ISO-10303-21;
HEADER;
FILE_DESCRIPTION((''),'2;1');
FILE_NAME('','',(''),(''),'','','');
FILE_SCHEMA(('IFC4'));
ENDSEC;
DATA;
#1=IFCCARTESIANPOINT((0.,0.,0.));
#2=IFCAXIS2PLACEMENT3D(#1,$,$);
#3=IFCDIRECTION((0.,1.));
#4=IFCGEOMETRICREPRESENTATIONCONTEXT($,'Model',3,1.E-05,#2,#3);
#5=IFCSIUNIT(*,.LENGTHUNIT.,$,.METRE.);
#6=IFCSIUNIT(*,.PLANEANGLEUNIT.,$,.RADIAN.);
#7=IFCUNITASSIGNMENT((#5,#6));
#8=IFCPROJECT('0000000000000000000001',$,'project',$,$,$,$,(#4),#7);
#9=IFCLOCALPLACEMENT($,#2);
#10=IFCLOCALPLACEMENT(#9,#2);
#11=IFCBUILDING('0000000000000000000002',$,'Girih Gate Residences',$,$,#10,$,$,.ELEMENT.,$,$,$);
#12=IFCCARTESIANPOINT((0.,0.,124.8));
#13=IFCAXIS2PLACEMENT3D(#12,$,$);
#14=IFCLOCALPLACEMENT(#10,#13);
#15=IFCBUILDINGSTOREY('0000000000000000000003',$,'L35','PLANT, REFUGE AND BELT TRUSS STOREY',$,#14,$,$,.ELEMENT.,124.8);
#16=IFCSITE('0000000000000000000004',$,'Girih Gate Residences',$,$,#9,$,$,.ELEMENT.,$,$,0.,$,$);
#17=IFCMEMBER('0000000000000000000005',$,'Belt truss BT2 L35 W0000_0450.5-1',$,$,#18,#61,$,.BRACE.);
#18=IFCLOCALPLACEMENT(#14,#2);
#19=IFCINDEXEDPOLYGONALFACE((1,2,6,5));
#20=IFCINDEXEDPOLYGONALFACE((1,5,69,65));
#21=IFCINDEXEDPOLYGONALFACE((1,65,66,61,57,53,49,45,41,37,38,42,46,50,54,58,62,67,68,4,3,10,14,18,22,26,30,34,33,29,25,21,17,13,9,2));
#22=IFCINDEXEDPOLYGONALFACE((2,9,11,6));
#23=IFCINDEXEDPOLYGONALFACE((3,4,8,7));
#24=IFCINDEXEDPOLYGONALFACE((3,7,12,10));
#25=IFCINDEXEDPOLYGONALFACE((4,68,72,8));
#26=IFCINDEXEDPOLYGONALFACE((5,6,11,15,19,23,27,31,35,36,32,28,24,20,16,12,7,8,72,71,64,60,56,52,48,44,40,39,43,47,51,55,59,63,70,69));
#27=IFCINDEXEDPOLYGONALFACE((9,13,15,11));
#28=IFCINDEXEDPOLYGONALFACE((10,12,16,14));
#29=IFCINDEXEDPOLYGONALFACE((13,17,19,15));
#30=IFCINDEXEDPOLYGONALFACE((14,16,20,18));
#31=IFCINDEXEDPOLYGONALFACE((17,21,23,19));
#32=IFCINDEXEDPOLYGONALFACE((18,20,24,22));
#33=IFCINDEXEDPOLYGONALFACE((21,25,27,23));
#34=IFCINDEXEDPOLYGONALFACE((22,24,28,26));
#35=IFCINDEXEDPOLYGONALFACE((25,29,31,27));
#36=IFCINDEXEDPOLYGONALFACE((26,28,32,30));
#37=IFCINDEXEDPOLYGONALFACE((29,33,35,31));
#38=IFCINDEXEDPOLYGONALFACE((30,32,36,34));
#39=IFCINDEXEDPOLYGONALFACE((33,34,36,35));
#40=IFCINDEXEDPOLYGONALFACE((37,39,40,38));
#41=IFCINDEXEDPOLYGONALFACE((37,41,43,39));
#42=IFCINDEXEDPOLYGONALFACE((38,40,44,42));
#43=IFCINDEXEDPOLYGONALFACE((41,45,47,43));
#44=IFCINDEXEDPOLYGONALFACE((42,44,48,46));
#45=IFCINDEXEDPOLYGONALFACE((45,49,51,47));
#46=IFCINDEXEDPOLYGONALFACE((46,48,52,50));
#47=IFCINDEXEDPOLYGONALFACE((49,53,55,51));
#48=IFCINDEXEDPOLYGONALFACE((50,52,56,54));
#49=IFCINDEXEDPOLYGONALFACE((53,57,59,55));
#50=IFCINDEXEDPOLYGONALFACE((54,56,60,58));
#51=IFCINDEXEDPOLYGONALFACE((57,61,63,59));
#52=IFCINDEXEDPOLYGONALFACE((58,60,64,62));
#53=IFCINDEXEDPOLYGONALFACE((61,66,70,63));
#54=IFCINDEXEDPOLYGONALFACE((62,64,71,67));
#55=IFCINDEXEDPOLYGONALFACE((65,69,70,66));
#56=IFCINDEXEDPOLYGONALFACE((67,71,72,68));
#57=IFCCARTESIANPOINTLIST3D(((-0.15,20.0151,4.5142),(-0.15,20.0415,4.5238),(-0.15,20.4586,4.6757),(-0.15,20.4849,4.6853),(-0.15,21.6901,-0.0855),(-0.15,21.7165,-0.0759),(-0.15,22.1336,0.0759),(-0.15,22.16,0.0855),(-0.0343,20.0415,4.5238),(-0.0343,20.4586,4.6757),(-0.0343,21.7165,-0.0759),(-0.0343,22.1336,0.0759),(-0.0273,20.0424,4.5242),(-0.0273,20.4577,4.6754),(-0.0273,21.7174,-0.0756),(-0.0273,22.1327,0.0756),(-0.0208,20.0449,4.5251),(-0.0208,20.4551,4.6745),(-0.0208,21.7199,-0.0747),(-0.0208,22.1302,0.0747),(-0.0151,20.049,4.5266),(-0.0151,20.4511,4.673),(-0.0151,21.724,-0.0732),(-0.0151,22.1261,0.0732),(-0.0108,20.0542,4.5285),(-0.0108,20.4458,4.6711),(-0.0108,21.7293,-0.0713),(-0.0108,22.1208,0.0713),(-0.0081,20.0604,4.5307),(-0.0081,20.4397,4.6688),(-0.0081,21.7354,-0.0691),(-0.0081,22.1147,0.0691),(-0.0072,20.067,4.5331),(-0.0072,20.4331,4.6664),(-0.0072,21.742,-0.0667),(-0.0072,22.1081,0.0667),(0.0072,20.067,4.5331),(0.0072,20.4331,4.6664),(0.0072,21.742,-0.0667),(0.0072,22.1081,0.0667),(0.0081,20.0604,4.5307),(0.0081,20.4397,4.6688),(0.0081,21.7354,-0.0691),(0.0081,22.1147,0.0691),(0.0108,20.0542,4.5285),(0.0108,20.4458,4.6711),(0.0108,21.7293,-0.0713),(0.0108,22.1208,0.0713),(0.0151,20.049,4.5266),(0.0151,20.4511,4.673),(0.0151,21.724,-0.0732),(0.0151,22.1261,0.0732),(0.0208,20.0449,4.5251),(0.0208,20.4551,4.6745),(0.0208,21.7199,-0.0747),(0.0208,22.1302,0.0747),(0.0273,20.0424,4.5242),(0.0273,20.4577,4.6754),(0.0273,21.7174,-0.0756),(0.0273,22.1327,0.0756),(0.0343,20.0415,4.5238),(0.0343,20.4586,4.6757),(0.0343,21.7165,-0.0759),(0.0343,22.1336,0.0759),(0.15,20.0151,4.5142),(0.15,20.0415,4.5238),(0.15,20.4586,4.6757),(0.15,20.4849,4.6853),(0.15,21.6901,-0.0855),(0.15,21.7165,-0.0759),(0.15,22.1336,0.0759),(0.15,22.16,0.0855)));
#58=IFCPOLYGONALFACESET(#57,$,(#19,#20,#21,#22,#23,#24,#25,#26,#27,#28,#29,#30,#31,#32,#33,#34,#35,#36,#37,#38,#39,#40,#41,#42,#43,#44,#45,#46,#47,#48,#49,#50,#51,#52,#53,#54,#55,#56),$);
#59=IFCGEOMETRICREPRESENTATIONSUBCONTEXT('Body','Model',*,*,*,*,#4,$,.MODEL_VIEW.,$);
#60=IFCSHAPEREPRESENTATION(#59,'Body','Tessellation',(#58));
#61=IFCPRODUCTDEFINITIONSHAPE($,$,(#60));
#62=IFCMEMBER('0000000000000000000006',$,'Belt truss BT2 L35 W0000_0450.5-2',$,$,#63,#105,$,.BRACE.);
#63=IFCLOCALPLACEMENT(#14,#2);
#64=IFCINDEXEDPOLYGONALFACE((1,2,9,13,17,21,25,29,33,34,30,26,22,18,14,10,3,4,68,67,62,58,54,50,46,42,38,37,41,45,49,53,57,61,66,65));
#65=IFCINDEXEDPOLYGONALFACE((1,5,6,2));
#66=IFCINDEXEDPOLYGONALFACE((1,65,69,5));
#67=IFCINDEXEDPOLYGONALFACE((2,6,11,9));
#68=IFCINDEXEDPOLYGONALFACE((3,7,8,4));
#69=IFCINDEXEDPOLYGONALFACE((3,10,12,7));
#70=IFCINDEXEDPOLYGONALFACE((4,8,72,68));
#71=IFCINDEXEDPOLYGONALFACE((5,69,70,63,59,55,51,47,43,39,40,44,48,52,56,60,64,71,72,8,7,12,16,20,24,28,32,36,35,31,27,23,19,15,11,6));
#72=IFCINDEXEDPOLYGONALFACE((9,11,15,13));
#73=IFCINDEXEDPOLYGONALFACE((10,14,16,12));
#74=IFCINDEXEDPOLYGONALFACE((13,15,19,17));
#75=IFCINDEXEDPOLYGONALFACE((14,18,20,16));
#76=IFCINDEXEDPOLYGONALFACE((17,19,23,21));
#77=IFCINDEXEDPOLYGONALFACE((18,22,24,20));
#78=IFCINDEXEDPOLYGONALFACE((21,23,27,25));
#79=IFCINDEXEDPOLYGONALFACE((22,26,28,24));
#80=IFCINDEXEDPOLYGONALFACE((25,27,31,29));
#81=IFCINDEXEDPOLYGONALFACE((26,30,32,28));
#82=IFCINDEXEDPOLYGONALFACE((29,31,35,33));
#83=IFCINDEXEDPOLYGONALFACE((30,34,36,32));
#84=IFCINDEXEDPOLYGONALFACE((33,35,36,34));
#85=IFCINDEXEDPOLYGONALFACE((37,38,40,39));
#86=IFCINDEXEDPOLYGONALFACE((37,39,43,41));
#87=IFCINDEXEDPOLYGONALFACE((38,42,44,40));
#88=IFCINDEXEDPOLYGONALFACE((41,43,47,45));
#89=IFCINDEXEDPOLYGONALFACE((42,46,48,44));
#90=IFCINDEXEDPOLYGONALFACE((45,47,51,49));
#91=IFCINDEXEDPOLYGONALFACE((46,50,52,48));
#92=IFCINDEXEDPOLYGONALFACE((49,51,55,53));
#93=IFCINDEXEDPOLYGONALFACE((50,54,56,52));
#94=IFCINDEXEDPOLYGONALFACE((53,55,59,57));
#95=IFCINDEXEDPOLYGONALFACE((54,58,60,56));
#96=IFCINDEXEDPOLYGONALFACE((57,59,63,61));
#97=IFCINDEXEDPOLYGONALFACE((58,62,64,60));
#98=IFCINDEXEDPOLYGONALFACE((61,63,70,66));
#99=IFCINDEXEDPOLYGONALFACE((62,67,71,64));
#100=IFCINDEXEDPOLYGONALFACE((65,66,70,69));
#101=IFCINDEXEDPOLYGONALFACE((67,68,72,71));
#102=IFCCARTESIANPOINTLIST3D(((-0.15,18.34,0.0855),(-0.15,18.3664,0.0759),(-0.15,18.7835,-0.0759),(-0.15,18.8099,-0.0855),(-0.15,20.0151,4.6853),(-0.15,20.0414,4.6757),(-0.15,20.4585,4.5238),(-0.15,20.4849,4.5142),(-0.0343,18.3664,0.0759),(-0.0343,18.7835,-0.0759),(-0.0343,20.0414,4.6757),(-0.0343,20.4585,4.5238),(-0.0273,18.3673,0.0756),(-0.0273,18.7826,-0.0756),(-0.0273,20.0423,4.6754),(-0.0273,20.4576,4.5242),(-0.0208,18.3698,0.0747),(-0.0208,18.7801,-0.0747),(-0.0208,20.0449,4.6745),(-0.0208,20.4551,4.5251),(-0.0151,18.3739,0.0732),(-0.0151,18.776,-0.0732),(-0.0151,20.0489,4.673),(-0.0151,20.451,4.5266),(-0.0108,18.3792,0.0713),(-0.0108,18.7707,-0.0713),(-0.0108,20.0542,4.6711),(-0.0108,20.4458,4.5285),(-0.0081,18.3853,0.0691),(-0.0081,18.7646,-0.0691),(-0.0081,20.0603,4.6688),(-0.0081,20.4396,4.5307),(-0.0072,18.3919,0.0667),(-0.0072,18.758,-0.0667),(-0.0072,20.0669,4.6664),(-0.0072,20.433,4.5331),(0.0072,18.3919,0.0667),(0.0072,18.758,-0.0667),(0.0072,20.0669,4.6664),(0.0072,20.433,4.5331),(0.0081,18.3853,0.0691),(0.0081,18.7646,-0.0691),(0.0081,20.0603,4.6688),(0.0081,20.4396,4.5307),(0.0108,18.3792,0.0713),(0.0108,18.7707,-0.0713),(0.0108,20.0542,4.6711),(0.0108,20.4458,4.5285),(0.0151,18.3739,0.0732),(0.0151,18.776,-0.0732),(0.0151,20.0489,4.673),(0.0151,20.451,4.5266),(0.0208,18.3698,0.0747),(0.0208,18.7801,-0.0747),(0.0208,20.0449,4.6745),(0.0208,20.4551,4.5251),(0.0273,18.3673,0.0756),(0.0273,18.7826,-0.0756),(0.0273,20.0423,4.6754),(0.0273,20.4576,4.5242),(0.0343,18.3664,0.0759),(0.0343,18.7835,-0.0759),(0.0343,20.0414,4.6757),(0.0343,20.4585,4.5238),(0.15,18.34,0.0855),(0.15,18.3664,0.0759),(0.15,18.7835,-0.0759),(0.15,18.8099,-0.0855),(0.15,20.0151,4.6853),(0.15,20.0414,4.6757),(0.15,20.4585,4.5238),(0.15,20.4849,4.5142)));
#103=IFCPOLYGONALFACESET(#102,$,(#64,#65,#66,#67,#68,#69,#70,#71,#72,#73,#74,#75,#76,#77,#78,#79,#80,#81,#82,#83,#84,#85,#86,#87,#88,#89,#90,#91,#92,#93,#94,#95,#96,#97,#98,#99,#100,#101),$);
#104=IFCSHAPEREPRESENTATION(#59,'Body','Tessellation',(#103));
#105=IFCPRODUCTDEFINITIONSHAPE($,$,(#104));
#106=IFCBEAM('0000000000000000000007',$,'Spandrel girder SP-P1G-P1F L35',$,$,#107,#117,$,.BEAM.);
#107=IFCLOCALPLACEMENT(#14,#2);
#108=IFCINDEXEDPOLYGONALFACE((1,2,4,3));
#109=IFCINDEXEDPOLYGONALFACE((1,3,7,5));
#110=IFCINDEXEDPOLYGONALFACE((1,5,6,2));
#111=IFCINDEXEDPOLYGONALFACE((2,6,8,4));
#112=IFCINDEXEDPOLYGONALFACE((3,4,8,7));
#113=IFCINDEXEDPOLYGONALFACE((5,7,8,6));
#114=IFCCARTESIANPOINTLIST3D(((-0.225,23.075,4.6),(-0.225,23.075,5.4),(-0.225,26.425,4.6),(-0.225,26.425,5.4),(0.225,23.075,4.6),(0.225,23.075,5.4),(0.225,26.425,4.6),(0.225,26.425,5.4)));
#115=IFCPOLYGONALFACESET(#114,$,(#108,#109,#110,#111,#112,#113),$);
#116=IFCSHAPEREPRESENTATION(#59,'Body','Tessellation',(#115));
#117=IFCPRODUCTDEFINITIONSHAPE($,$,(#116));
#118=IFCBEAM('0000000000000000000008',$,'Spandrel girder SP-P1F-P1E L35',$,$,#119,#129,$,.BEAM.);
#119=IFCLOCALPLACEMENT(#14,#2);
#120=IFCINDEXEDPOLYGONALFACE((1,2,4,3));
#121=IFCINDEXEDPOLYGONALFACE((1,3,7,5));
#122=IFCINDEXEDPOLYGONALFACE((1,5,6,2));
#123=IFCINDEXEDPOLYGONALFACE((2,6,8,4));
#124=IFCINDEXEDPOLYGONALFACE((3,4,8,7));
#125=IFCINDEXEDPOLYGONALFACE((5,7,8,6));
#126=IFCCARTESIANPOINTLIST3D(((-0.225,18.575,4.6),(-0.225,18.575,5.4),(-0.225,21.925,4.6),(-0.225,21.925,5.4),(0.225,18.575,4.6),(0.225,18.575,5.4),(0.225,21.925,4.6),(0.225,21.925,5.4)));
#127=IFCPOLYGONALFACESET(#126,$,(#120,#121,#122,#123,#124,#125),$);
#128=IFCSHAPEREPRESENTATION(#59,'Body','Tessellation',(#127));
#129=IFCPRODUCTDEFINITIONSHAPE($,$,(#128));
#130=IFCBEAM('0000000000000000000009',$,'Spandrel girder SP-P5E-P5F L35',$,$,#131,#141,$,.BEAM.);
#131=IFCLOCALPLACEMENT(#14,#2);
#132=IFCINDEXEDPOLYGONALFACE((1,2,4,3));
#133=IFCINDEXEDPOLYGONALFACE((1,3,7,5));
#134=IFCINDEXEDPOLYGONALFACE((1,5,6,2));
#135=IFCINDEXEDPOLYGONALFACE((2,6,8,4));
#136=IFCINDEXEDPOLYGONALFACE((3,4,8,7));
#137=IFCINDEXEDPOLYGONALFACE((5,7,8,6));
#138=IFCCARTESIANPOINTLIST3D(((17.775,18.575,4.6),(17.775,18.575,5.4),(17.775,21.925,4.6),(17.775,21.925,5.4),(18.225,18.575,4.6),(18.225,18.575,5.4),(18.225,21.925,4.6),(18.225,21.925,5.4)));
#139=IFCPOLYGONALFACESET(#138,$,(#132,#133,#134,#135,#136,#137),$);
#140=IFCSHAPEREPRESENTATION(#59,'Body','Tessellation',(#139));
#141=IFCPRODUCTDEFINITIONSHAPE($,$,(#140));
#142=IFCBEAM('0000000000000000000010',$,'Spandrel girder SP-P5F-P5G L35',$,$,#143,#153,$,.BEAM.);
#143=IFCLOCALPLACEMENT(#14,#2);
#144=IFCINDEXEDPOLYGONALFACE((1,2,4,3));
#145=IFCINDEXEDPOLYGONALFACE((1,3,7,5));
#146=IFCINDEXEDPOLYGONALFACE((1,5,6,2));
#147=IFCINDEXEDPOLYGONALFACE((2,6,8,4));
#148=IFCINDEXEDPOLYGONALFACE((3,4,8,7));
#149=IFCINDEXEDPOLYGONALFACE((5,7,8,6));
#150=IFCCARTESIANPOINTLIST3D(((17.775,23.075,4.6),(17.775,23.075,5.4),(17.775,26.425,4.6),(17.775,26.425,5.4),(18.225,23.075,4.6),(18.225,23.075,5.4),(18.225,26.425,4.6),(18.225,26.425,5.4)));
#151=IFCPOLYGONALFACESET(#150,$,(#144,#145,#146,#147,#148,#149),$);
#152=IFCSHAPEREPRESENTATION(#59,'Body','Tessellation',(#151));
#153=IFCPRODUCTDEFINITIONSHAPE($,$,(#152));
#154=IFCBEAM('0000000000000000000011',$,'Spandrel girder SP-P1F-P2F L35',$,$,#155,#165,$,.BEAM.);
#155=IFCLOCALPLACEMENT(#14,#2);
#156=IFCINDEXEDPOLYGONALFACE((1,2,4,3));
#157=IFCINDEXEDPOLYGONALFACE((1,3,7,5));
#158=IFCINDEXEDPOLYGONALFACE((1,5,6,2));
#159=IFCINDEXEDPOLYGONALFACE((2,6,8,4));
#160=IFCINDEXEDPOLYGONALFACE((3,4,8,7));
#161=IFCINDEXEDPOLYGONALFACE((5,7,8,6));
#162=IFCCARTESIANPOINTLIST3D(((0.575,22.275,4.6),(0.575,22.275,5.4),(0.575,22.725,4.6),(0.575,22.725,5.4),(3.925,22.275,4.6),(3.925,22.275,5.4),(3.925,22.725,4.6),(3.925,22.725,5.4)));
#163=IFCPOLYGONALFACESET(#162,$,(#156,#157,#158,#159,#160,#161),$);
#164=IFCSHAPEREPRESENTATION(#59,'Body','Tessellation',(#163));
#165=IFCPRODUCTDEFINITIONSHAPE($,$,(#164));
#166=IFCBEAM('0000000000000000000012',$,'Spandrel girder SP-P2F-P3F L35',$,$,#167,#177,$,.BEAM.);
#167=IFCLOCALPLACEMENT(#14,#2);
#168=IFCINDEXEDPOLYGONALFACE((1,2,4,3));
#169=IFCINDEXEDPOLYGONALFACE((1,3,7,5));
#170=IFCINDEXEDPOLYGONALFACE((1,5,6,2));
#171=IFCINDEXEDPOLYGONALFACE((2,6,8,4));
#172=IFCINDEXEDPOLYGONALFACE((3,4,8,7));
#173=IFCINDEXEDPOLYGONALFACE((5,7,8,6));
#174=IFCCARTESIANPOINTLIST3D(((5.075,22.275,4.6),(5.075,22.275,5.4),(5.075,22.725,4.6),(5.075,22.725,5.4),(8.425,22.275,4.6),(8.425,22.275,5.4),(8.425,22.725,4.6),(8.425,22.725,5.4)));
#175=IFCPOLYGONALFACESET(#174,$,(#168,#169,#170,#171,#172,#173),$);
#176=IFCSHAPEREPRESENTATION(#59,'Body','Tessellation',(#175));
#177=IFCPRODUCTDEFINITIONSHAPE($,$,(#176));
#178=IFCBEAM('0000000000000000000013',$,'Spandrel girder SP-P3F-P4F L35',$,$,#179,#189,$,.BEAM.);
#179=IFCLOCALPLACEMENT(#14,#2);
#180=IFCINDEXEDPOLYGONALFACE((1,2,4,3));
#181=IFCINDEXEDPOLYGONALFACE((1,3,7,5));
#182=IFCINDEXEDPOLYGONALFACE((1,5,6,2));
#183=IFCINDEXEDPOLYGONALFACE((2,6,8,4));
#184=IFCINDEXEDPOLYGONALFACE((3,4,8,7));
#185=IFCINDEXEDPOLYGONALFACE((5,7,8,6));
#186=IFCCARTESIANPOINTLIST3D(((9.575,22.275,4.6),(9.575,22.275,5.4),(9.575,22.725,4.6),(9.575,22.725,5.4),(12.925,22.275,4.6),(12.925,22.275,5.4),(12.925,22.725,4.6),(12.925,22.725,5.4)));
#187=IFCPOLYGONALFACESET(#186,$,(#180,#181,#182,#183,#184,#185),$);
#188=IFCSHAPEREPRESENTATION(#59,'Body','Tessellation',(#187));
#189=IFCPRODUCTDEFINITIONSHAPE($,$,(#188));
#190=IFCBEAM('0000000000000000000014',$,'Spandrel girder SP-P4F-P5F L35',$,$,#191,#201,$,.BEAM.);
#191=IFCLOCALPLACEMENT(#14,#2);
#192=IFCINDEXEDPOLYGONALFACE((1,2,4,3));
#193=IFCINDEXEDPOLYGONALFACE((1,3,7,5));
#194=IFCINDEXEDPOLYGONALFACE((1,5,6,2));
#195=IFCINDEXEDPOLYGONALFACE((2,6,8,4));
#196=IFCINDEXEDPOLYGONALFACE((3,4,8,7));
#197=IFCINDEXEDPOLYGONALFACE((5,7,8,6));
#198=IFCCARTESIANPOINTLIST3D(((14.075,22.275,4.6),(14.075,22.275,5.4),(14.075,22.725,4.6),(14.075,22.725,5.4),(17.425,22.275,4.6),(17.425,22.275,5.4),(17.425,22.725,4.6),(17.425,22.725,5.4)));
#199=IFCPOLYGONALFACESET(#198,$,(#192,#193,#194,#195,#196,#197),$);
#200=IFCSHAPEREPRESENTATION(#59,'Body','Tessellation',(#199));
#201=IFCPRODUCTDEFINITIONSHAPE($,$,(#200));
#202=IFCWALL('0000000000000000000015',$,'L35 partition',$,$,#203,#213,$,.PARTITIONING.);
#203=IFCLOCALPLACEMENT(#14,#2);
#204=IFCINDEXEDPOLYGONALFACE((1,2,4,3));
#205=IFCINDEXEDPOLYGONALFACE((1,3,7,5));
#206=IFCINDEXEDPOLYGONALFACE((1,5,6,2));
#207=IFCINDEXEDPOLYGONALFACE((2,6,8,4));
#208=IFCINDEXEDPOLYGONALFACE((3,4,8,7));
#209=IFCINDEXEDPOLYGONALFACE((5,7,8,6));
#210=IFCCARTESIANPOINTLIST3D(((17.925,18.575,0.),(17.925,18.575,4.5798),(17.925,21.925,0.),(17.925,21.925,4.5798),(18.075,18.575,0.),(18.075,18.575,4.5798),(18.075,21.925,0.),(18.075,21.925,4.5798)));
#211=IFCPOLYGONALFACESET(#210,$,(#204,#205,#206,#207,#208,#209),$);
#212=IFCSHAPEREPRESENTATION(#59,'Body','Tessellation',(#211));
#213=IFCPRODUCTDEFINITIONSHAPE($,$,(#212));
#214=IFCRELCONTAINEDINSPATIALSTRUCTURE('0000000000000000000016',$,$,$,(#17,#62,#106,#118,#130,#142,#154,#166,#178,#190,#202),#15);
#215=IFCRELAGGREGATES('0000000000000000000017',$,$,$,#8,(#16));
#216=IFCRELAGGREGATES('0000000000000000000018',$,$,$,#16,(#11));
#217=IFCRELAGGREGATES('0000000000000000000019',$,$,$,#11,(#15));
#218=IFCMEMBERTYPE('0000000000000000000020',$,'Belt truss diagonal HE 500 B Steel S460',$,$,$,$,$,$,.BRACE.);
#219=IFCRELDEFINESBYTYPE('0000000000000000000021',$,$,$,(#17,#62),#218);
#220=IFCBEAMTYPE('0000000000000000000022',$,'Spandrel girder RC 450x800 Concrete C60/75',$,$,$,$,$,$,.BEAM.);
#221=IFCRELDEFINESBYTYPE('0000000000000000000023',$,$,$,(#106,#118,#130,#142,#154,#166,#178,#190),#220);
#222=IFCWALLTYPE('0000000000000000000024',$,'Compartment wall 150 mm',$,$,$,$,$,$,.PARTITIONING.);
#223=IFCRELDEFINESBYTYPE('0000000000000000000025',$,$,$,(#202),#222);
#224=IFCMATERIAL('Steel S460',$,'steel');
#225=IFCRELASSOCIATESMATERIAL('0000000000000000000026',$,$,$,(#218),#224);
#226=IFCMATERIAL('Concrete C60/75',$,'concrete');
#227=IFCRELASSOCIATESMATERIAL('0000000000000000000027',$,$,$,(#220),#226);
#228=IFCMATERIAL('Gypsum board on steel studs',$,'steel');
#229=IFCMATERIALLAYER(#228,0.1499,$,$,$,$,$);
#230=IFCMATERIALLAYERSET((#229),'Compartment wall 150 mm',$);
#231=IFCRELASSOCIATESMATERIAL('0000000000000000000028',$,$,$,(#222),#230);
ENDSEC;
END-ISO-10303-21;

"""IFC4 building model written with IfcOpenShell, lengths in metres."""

from ifc_helpers import new_model, si_unit, direction, frame, frame_2d, origin, origin_2d, place, context, subcontext, project, spatial, rectangle, i_section, extrude, material, layer, layer_set, material_profile, profile_set, type_object, element, save


model = new_model("IFC4")

# Units and contexts
model_context = context("Model", 3, precision=1e-05, world=origin(), true_north=direction((0.0, 1.0)))
body_context = subcontext(model_context, "Body", "Model", "MODEL_VIEW")
ifc_project = project(units=[si_unit("LENGTHUNIT", "METRE"), si_unit("PLANEANGLEUNIT", "RADIAN")], contexts=[model_context])

# Site, building, storey
site_placement = place(None, origin())
site = spatial("IfcSite", under=ifc_project, at=site_placement, Name="Girih Gate Residences", CompositionType="ELEMENT", RefElevation=0.0)
building_placement = place(site_placement, origin())
building = spatial("IfcBuilding", under=site, at=building_placement, Name="Girih Gate Residences", CompositionType="ELEMENT")
storey_placement = place(building_placement, frame((0.0, 0.0, 124.8)))
storey = spatial("IfcBuildingStorey", under=building, at=storey_placement, Name="L35", Description="PLANT, REFUGE AND BELT TRUSS STOREY", CompositionType="ELEMENT", Elevation=124.8)

# Members
ifc_material_1 = material(Name="Steel S460", Category="steel")
ifc_material_profile_1 = material_profile(ifc_material_1, i_section(OverallWidth=0.3, OverallDepth=0.5, WebThickness=0.0144, FlangeThickness=0.0281, FilletRadius=0.0271, at=origin_2d()))
ifc_profile_set_1 = profile_set([ifc_material_profile_1], Name="Steel S460")
member_type = type_object("IfcMemberType", Name="Belt truss diagonal HE 500 B Steel S460", PredefinedType="BRACE", material=ifc_profile_set_1)
for number, where, z_axis, x_axis, name in (
    (1, (0.0, 21.925, 0.0), (0.0, -0.342171, 0.939638), (1.0, 0.0, 0.0), "Belt truss BT2 L35 W0000_0450.5-1"),
    (2, (0.0, 18.575, 0.0), (0.0, 0.342171, 0.939638), (-1.0, 0.0, 0.0), "Belt truss BT2 L35 W0000_0450.5-2"),
):
    element("IfcMember", number, at=place(storey_placement, frame(where, z_axis=z_axis, x_axis=x_axis)), inside=storey, type_object=member_type, Name=name, PredefinedType="BRACE", context=body_context, shape_type="SweptSolid", body=[
        extrude(i_section(OverallWidth=0.3, OverallDepth=0.5, WebThickness=0.0144, FlangeThickness=0.0281, FilletRadius=0.0271, at=origin_2d()), origin(), (0.0, 0.0, 1.0), 4.8953),
    ])

# Beams
ifc_material_2 = material(Name="Concrete C60/75", Category="concrete")
ifc_material_profile_2 = material_profile(ifc_material_2, rectangle(XDim=0.45, YDim=0.8, at=origin_2d()))
ifc_profile_set_2 = profile_set([ifc_material_profile_2], Name="Concrete C60/75")
beam_type = type_object("IfcBeamType", Name="Spandrel girder RC 450x800 Concrete C60/75", PredefinedType="BEAM", material=ifc_profile_set_2)
for number, where, z_axis, x_axis, name in (
    (3, (0.0, 26.425, 5.0), (0.0, -1.0, 0.0), (1.0, 0.0, 0.0), "Spandrel girder SP-P1G-P1F L35"),
    (4, (0.0, 21.925, 5.0), (0.0, -1.0, 0.0), (1.0, 0.0, 0.0), "Spandrel girder SP-P1F-P1E L35"),
    (5, (18.0, 18.575, 5.0), (0.0, 1.0, 0.0), (-1.0, 0.0, 0.0), "Spandrel girder SP-P5E-P5F L35"),
    (6, (18.0, 23.075, 5.0), (0.0, 1.0, 0.0), (-1.0, 0.0, 0.0), "Spandrel girder SP-P5F-P5G L35"),
    (7, (0.575, 22.5, 5.0), (1.0, 0.0, 0.0), (0.0, 1.0, 0.0), "Spandrel girder SP-P1F-P2F L35"),
    (8, (5.075, 22.5, 5.0), (1.0, 0.0, 0.0), (0.0, 1.0, 0.0), "Spandrel girder SP-P2F-P3F L35"),
    (9, (9.575, 22.5, 5.0), (1.0, 0.0, 0.0), (0.0, 1.0, 0.0), "Spandrel girder SP-P3F-P4F L35"),
    (10, (14.075, 22.5, 5.0), (1.0, 0.0, 0.0), (0.0, 1.0, 0.0), "Spandrel girder SP-P4F-P5F L35"),
):
    element("IfcBeam", number, at=place(storey_placement, frame(where, z_axis=z_axis, x_axis=x_axis)), inside=storey, type_object=beam_type, Name=name, PredefinedType="BEAM", context=body_context, shape_type="SweptSolid", body=[
        extrude(rectangle(XDim=0.45, YDim=0.8, at=origin_2d()), origin(), (0.0, 0.0, 1.0), 3.3501),
    ])

# Wall
ifc_material_3 = material(Name="Gypsum board on steel studs", Category="steel")
ifc_layer_1 = layer(ifc_material_3, 0.1499)
ifc_layer_set_1 = layer_set([ifc_layer_1], Name="Compartment wall 150 mm")
wall_type_1 = type_object("IfcWallType", Name="Compartment wall 150 mm", PredefinedType="PARTITIONING", material=ifc_layer_set_1)
wall_1_placement = place(storey_placement, frame((18.0, 18.575, 0.0), z_axis=(0.0, 0.0, 1.0), x_axis=(0.0, 1.0, 0.0)))
element("IfcWall", 11, at=wall_1_placement, inside=storey, type_object=wall_type_1, Name="L35 partition", PredefinedType="PARTITIONING", context=body_context, shape_type="SweptSolid", body=[
    extrude(rectangle(XDim=3.3501, YDim=0.1499, at=frame_2d((1.675, 0.0))), origin(), (0.0, 0.0, 1.0), 4.5798),
])

save(model, "model.ifc")
